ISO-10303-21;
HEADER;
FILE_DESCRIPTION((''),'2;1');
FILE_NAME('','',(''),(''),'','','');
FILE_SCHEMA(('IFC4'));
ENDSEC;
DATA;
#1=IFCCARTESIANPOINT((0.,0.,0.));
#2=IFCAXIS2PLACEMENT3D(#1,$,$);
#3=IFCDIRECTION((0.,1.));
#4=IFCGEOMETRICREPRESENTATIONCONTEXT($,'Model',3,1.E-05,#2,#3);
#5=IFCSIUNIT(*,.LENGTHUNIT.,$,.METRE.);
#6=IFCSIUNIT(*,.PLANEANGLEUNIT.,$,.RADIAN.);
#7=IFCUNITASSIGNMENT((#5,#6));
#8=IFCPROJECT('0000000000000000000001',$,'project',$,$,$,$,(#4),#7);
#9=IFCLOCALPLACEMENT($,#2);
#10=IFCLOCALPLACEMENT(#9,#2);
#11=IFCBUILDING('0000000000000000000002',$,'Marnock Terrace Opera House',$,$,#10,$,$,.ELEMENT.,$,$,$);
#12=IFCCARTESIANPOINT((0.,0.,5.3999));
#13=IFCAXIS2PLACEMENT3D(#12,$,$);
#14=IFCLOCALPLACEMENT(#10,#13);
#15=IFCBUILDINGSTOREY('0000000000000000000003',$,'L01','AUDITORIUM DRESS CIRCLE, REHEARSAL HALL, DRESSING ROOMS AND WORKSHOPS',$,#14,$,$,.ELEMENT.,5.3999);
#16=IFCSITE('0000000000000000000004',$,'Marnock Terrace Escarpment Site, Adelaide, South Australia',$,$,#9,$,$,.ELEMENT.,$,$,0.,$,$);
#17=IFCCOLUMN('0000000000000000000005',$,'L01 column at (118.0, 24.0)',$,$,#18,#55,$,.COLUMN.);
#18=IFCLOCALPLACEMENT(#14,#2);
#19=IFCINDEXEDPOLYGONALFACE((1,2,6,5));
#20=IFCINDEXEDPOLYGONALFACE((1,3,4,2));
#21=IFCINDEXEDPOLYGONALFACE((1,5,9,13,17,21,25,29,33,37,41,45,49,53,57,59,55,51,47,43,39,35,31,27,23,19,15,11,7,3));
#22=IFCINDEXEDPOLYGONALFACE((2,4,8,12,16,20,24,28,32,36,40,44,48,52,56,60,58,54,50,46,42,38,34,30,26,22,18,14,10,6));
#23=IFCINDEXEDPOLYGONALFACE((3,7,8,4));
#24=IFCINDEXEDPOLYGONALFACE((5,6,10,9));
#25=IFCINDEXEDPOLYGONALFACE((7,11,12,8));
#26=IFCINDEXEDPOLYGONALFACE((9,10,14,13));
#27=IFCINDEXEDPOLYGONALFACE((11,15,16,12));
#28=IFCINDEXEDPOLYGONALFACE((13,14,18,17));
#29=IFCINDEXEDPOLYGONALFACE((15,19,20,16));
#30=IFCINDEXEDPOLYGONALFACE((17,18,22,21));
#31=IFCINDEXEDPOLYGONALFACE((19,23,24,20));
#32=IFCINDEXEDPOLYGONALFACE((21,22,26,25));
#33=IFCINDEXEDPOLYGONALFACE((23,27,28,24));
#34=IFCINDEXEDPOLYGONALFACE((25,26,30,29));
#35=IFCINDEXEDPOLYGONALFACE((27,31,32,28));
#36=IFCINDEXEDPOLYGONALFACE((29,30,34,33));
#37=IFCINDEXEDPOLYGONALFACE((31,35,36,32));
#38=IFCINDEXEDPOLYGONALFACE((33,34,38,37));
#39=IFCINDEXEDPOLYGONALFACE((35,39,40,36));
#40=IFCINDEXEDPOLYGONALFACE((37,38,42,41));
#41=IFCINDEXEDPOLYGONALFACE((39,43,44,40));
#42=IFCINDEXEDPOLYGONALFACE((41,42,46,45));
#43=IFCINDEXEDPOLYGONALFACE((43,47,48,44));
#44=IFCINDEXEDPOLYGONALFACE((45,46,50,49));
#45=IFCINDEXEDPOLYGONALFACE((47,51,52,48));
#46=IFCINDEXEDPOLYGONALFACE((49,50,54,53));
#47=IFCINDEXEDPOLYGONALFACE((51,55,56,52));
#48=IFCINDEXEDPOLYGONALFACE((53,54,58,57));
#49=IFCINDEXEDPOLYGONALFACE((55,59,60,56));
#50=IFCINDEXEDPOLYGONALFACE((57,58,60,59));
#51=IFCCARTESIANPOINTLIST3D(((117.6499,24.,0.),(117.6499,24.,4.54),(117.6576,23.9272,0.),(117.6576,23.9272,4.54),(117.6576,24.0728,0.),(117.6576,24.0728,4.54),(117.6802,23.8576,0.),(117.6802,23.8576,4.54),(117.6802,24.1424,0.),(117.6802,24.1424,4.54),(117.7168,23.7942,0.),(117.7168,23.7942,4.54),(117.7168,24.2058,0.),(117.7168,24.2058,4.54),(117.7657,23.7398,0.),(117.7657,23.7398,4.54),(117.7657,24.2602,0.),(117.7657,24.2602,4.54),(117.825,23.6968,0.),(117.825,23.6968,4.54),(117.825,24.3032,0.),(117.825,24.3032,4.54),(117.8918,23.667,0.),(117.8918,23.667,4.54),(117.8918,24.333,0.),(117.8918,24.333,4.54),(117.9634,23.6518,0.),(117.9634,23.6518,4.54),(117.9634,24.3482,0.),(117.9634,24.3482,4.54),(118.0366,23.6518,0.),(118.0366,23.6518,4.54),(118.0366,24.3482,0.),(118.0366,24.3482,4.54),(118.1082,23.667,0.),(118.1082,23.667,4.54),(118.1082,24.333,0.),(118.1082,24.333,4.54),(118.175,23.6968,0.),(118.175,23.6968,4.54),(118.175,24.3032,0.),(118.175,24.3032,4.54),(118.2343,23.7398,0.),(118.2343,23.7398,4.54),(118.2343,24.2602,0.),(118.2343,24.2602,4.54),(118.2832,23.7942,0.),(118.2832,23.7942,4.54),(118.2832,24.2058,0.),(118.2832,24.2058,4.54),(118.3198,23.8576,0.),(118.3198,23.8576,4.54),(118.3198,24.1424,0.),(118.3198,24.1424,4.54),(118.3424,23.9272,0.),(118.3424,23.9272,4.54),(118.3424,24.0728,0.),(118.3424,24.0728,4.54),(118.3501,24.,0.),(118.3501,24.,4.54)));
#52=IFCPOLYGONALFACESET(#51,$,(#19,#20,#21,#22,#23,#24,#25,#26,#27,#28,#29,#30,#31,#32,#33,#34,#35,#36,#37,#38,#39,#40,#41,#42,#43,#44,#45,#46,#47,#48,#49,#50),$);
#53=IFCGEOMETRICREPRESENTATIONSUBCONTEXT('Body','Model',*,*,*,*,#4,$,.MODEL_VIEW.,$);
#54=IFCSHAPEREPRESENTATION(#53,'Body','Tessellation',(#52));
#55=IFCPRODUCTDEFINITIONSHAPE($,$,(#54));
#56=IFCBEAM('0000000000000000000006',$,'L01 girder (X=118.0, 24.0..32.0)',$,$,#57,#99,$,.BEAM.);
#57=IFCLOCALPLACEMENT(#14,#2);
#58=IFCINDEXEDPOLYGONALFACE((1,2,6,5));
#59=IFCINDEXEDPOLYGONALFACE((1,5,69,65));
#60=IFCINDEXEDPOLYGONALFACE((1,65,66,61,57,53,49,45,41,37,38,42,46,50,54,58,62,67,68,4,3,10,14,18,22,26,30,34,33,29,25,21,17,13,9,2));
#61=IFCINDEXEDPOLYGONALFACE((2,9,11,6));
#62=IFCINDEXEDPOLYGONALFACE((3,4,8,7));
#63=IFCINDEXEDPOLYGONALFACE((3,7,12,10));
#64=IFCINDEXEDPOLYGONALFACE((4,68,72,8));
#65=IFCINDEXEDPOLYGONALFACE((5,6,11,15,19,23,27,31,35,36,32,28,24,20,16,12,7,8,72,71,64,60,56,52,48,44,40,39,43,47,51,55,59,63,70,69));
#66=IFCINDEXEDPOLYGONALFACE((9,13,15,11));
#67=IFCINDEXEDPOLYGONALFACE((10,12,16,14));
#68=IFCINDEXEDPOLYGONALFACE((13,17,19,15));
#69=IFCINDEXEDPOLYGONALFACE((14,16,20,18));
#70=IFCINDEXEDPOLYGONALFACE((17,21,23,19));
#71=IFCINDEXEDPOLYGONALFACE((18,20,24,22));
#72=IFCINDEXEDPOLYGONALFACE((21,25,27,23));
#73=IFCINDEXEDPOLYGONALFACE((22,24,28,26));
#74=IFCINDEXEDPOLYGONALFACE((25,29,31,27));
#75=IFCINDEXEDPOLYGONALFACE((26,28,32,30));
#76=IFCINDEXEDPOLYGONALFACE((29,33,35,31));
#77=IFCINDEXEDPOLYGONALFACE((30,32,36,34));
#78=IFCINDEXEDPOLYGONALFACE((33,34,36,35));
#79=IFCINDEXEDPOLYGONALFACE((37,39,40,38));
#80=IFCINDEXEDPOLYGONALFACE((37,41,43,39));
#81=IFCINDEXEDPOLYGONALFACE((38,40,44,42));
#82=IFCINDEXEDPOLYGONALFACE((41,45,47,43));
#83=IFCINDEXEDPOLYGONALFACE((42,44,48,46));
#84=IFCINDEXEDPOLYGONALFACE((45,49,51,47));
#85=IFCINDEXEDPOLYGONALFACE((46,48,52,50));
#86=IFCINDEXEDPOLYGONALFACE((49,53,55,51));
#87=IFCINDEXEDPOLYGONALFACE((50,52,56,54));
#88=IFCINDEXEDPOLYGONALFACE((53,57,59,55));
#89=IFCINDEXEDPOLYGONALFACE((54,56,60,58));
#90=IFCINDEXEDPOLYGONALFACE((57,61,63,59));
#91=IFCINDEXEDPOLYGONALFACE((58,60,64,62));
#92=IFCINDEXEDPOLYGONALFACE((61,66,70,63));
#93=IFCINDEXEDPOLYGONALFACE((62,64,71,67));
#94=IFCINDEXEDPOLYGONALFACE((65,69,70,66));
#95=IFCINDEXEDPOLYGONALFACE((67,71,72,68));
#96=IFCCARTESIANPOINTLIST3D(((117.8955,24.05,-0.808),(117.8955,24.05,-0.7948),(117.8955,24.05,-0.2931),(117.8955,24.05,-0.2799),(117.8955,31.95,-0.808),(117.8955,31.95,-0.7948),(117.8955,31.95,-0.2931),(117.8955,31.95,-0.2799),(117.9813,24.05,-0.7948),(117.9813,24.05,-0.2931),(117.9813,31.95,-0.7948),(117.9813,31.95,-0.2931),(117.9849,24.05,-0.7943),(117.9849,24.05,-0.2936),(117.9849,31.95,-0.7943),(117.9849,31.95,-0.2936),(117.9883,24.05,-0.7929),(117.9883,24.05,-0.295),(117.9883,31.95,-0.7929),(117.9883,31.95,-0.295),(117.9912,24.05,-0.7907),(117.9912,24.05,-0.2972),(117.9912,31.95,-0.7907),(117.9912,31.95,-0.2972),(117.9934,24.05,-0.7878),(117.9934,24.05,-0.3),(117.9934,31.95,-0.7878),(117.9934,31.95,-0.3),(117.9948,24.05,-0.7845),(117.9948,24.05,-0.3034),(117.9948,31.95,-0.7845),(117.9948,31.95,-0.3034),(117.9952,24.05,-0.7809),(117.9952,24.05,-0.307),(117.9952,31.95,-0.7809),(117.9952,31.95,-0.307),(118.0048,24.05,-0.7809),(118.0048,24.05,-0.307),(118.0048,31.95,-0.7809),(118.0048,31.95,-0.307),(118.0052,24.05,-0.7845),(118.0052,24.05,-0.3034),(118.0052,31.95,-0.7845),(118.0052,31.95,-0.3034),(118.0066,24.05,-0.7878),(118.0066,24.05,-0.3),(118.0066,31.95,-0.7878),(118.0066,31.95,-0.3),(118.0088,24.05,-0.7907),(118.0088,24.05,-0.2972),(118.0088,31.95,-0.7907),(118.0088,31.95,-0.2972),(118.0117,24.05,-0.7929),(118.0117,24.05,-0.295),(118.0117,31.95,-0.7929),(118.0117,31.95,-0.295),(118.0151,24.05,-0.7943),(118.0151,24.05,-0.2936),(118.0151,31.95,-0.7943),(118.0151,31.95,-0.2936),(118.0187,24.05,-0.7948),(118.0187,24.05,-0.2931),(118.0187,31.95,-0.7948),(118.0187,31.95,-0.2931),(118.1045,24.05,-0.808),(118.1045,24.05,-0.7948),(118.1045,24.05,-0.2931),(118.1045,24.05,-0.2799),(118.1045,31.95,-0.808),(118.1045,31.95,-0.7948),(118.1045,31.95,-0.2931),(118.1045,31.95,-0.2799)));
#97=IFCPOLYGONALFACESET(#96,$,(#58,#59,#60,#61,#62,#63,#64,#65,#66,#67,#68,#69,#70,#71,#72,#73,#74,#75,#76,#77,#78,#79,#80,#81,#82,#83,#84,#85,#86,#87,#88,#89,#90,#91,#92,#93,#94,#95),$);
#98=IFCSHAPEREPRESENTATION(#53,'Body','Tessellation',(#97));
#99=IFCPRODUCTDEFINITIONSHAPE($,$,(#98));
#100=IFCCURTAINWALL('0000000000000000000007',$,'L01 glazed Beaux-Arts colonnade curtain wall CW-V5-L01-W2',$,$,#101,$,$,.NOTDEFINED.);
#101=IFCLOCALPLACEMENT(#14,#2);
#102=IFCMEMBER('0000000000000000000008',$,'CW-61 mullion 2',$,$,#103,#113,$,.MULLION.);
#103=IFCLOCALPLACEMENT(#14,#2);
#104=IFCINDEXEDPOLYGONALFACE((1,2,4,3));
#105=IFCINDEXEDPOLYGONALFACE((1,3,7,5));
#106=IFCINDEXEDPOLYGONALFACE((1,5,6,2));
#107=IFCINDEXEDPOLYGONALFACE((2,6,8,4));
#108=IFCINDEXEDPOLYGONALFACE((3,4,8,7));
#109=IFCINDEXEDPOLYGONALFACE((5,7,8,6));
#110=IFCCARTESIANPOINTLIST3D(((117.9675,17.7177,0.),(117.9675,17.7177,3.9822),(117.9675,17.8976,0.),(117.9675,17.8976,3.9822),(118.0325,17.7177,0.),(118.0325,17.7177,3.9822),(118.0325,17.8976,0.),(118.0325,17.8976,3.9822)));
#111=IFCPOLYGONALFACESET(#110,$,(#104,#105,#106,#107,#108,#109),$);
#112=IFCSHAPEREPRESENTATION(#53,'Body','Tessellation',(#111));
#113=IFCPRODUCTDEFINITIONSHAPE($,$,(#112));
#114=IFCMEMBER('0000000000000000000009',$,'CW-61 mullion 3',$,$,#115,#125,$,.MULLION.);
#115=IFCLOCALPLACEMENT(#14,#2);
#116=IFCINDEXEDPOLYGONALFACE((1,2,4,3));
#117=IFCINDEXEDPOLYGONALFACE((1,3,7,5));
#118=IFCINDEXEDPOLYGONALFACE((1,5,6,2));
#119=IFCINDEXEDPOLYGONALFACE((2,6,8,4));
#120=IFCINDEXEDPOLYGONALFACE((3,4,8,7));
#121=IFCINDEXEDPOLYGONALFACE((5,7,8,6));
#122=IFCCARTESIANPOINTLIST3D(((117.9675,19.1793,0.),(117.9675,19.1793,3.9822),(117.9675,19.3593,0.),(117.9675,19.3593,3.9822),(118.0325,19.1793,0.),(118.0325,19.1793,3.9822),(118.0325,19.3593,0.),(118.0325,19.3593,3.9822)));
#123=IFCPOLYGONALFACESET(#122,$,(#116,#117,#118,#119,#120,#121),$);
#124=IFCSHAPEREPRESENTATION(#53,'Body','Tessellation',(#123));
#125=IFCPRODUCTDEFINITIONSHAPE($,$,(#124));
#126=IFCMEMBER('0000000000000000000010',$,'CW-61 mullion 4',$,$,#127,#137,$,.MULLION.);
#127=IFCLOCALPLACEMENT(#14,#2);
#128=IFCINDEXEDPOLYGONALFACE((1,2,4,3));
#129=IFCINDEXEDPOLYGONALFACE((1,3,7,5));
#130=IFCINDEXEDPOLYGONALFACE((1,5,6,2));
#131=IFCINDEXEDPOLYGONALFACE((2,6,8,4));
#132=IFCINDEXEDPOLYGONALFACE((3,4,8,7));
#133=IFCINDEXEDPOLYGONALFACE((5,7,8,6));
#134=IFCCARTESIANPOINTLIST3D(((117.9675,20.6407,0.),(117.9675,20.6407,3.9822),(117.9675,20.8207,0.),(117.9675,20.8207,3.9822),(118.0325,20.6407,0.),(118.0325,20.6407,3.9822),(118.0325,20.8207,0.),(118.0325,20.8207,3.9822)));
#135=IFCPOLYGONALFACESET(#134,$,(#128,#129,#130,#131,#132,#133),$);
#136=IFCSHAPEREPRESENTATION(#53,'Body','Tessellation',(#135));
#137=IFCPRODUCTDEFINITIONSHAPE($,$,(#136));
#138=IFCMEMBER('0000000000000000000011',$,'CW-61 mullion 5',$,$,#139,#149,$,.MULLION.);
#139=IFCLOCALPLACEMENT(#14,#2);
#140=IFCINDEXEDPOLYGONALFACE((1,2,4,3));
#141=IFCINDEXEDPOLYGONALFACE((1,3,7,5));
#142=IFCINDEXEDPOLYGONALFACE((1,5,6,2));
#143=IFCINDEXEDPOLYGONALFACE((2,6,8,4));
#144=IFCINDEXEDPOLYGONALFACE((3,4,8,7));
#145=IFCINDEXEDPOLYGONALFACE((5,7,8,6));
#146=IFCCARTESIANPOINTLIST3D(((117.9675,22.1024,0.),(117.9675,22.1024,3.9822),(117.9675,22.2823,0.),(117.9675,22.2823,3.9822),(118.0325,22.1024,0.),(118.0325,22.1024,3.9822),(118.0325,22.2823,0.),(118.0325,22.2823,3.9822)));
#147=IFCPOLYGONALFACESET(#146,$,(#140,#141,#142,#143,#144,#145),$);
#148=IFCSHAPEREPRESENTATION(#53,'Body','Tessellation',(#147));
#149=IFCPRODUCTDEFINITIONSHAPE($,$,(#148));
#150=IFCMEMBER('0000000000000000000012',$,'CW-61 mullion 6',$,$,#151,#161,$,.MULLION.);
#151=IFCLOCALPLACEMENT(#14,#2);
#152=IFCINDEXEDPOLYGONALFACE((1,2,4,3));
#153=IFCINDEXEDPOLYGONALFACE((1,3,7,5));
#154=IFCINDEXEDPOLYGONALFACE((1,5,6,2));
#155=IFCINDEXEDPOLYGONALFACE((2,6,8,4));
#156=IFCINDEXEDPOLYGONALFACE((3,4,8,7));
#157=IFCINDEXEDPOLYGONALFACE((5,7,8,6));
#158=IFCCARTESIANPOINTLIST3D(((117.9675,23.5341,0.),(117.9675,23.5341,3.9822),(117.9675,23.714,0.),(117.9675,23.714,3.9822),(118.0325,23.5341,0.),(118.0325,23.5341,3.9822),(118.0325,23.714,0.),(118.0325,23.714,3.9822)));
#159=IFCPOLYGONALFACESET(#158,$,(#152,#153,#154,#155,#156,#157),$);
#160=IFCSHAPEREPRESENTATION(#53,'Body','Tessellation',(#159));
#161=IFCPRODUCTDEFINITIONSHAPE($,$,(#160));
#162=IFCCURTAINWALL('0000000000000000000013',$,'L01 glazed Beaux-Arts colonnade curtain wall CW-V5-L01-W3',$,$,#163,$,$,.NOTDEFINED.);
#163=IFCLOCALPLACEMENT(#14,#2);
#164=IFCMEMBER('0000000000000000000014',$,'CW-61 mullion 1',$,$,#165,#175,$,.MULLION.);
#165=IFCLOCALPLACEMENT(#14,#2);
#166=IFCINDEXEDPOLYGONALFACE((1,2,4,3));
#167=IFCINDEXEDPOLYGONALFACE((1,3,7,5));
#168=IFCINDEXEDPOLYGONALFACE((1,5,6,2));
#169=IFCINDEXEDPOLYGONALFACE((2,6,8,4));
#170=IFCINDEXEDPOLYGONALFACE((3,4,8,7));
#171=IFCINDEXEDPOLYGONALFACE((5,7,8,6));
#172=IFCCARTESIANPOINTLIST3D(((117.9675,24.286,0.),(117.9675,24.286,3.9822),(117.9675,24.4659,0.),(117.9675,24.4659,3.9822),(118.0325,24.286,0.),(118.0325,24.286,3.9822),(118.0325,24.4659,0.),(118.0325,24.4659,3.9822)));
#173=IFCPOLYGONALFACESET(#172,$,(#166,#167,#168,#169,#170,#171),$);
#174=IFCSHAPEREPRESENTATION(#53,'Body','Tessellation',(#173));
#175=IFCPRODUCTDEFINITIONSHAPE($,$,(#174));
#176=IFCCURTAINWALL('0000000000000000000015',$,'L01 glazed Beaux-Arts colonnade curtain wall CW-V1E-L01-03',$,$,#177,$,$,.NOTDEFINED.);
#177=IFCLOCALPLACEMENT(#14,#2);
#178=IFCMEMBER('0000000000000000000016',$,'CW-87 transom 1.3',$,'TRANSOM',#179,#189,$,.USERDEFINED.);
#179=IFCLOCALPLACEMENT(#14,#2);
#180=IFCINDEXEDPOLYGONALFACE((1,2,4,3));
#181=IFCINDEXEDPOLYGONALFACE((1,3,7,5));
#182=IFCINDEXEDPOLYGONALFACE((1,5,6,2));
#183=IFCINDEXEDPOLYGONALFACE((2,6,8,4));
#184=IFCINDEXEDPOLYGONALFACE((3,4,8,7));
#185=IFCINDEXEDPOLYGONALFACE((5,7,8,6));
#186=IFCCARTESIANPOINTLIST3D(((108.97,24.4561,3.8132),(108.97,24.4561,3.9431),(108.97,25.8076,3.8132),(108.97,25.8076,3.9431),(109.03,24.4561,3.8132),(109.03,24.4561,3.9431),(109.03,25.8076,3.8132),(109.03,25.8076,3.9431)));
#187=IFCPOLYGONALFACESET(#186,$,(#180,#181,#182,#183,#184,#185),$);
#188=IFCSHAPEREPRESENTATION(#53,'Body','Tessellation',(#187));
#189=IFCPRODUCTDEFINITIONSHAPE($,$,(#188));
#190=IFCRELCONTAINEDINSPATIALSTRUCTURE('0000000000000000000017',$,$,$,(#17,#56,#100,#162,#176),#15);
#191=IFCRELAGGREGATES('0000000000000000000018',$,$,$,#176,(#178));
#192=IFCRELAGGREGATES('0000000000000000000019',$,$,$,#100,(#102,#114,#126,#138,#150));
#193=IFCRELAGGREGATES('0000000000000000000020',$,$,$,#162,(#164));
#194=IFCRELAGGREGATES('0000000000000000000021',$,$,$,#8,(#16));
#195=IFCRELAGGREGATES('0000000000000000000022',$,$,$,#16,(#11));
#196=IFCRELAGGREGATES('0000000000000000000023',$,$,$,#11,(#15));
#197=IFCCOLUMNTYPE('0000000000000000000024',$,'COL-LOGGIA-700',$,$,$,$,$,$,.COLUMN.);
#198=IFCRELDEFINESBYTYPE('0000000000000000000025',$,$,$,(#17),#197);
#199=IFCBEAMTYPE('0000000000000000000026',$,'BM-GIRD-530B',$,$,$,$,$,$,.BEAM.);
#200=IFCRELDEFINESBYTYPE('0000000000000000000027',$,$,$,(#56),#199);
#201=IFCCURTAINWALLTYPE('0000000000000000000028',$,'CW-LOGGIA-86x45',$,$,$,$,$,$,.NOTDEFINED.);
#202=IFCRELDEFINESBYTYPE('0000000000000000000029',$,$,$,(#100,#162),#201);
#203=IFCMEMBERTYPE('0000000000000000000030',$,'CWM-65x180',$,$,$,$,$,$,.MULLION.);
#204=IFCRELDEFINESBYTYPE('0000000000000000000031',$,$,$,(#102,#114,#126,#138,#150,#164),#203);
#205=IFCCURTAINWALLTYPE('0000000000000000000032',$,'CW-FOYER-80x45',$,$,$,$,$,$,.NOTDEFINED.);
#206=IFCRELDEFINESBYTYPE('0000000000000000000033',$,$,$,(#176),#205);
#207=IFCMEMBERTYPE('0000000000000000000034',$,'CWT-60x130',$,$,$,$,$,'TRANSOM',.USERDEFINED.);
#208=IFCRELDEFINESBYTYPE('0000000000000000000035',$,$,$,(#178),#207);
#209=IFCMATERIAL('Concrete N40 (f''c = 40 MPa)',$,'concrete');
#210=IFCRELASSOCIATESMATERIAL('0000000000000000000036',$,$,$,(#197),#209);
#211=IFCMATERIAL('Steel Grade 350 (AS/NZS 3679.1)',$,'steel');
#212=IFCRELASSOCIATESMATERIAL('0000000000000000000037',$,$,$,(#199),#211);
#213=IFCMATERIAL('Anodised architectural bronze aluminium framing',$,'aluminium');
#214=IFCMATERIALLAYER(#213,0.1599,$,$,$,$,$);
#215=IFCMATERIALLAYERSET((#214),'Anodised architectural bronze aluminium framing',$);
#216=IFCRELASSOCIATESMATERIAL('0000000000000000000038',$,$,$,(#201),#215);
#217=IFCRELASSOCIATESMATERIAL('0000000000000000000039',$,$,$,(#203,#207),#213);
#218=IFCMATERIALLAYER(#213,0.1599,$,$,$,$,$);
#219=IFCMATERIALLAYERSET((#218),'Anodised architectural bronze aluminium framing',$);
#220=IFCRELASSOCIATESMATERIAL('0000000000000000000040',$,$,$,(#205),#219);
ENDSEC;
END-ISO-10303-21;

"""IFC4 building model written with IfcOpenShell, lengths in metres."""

from ifc_helpers import new_model, si_unit, direction, frame, origin, origin_2d, place, context, subcontext, project, spatial, rectangle, circle, i_section, extrude, material, layer, layer_set, material_profile, profile_set, type_object, element, aggregate, save


model = new_model("IFC4")

# Units and contexts
model_context = context("Model", 3, precision=1e-05, world=origin(), true_north=direction((0.0, 1.0)))
body_context = subcontext(model_context, "Body", "Model", "MODEL_VIEW")
ifc_project = project(units=[si_unit("LENGTHUNIT", "METRE"), si_unit("PLANEANGLEUNIT", "RADIAN")], contexts=[model_context])

# Site, building, storey
site_placement = place(None, origin())
site = spatial("IfcSite", under=ifc_project, at=site_placement, Name="Marnock Terrace Escarpment Site, Adelaide, South Australia", CompositionType="ELEMENT", RefElevation=0.0)
building_placement = place(site_placement, origin())
building = spatial("IfcBuilding", under=site, at=building_placement, Name="Marnock Terrace Opera House", CompositionType="ELEMENT")
storey_placement = place(building_placement, frame((0.0, 0.0, 5.3999)))
storey = spatial("IfcBuildingStorey", under=building, at=storey_placement, Name="L01", Description="AUDITORIUM DRESS CIRCLE, REHEARSAL HALL, DRESSING ROOMS AND WORKSHOPS", CompositionType="ELEMENT", Elevation=5.3999)

# Column
ifc_material_1 = material(Name="Concrete N40 (f'c = 40 MPa)", Category="concrete")
ifc_material_profile_1 = material_profile(ifc_material_1, circle(Radius=0.3501, at=origin_2d()))
ifc_profile_set_1 = profile_set([ifc_material_profile_1], Name="Concrete N40 (f'c = 40 MPa)")
column_type = type_object("IfcColumnType", Name="COL-LOGGIA-700", PredefinedType="COLUMN", material=ifc_profile_set_1)
column_placement = place(storey_placement, frame((118.0, 24.0, 0.0), z_axis=(0.0, 0.0, 1.0), x_axis=(1.0, 0.0, 0.0)))
element("IfcColumn", 1, at=column_placement, inside=storey, type_object=column_type, Name="L01 column at (118.0, 24.0)", PredefinedType="COLUMN", context=body_context, shape_type="SweptSolid", body=[
    extrude(circle(Radius=0.3501, at=origin_2d()), origin(), (0.0, 0.0, 1.0), 4.54),
])

# Beam
ifc_material_2 = material(Name="Steel Grade 350 (AS/NZS 3679.1)", Category="steel")
ifc_material_profile_2 = material_profile(ifc_material_2, i_section(OverallWidth=0.209, OverallDepth=0.5281, WebThickness=0.0095, FlangeThickness=0.0132, FilletRadius=0.0139, at=origin_2d()))
ifc_profile_set_2 = profile_set([ifc_material_profile_2], Name="Steel Grade 350 (AS/NZS 3679.1)")
beam_type = type_object("IfcBeamType", Name="BM-GIRD-530B", PredefinedType="BEAM", material=ifc_profile_set_2)
beam_placement = place(storey_placement, frame((118.0, 24.05, -0.5439), z_axis=(0.0, 1.0, 0.0), x_axis=(-1.0, 0.0, 0.0)))
element("IfcBeam", 2, at=beam_placement, inside=storey, type_object=beam_type, Name="L01 girder (X=118.0, 24.0..32.0)", PredefinedType="BEAM", context=body_context, shape_type="SweptSolid", body=[
    extrude(i_section(OverallWidth=0.209, OverallDepth=0.5281, WebThickness=0.0095, FlangeThickness=0.0132, FilletRadius=0.0139, at=origin_2d()), origin(), (0.0, 0.0, 1.0), 7.8999),
])

# Curtain wall, members
ifc_material_3 = material(Name="Anodised architectural bronze aluminium framing", Category="aluminium")
ifc_layer_1 = layer(ifc_material_3, 0.1599)
ifc_layer_set_1 = layer_set([ifc_layer_1], Name="Anodised architectural bronze aluminium framing")
curtain_wall_type_1 = type_object("IfcCurtainWallType", Name="CW-LOGGIA-86x45", PredefinedType="NOTDEFINED", material=ifc_layer_set_1)
curtain_wall_1_placement = place(storey_placement, origin())
curtain_wall_1 = element("IfcCurtainWall", 3, at=curtain_wall_1_placement, inside=storey, type_object=curtain_wall_type_1, Name="L01 glazed Beaux-Arts colonnade curtain wall CW-V5-L01-W2", PredefinedType="NOTDEFINED")
ifc_material_profile_3 = material_profile(ifc_material_3, rectangle(XDim=0.0649, YDim=0.1799, at=origin_2d()))
ifc_profile_set_3 = profile_set([ifc_material_profile_3], Name="Anodised architectural bronze aluminium framing")
member_type_1 = type_object("IfcMemberType", Name="CWM-65x180", PredefinedType="MULLION", material=ifc_profile_set_3)
member_1_placement = place(storey_placement, frame((118.0, 17.8076, 0.0), z_axis=(0.0, 0.0, 1.0), x_axis=(-1.0, 0.0, 0.0)))
member_1 = element("IfcMember", 4, at=member_1_placement, type_object=member_type_1, Name="CW-61 mullion 2", PredefinedType="MULLION", context=body_context, shape_type="SweptSolid", body=[
    extrude(rectangle(XDim=0.0649, YDim=0.1799, at=origin_2d()), origin(), (0.0, 0.0, 1.0), 3.9822),
])
member_2_placement = place(storey_placement, frame((118.0, 19.2693, 0.0), z_axis=(0.0, 0.0, 1.0), x_axis=(-1.0, 0.0, 0.0)))
member_2 = element("IfcMember", 5, at=member_2_placement, type_object=member_type_1, Name="CW-61 mullion 3", PredefinedType="MULLION", context=body_context, shape_type="SweptSolid", body=[
    extrude(rectangle(XDim=0.0649, YDim=0.1799, at=origin_2d()), origin(), (0.0, 0.0, 1.0), 3.9822),
])
member_3_placement = place(storey_placement, frame((118.0, 20.7307, 0.0), z_axis=(0.0, 0.0, 1.0), x_axis=(-1.0, 0.0, 0.0)))
member_3 = element("IfcMember", 6, at=member_3_placement, type_object=member_type_1, Name="CW-61 mullion 4", PredefinedType="MULLION", context=body_context, shape_type="SweptSolid", body=[
    extrude(rectangle(XDim=0.0649, YDim=0.1799, at=origin_2d()), origin(), (0.0, 0.0, 1.0), 3.9822),
])
member_4_placement = place(storey_placement, frame((118.0, 22.1924, 0.0), z_axis=(0.0, 0.0, 1.0), x_axis=(-1.0, 0.0, 0.0)))
member_4 = element("IfcMember", 7, at=member_4_placement, type_object=member_type_1, Name="CW-61 mullion 5", PredefinedType="MULLION", context=body_context, shape_type="SweptSolid", body=[
    extrude(rectangle(XDim=0.0649, YDim=0.1799, at=origin_2d()), origin(), (0.0, 0.0, 1.0), 3.9822),
])
member_5_placement = place(storey_placement, frame((118.0, 23.624, 0.0), z_axis=(0.0, 0.0, 1.0), x_axis=(-1.0, 0.0, 0.0)))
member_5 = element("IfcMember", 8, at=member_5_placement, type_object=member_type_1, Name="CW-61 mullion 6", PredefinedType="MULLION", context=body_context, shape_type="SweptSolid", body=[
    extrude(rectangle(XDim=0.0649, YDim=0.1799, at=origin_2d()), origin(), (0.0, 0.0, 1.0), 3.9822),
])

# Curtain walls, members
curtain_wall_2_placement = place(storey_placement, origin())
curtain_wall_2 = element("IfcCurtainWall", 9, at=curtain_wall_2_placement, inside=storey, type_object=curtain_wall_type_1, Name="L01 glazed Beaux-Arts colonnade curtain wall CW-V5-L01-W3", PredefinedType="NOTDEFINED")
member_6_placement = place(storey_placement, frame((118.0, 24.376, 0.0), z_axis=(0.0, 0.0, 1.0), x_axis=(-1.0, 0.0, 0.0)))
member_6 = element("IfcMember", 10, at=member_6_placement, type_object=member_type_1, Name="CW-61 mullion 1", PredefinedType="MULLION", context=body_context, shape_type="SweptSolid", body=[
    extrude(rectangle(XDim=0.0649, YDim=0.1799, at=origin_2d()), origin(), (0.0, 0.0, 1.0), 3.9822),
])
ifc_layer_2 = layer(ifc_material_3, 0.1599)
ifc_layer_set_2 = layer_set([ifc_layer_2], Name="Anodised architectural bronze aluminium framing")
curtain_wall_type_2 = type_object("IfcCurtainWallType", Name="CW-FOYER-80x45", PredefinedType="NOTDEFINED", material=ifc_layer_set_2)
curtain_wall_3_placement = place(storey_placement, origin())
curtain_wall_3 = element("IfcCurtainWall", 11, at=curtain_wall_3_placement, inside=storey, type_object=curtain_wall_type_2, Name="L01 glazed Beaux-Arts colonnade curtain wall CW-V1E-L01-03", PredefinedType="NOTDEFINED")
ifc_material_profile_4 = material_profile(ifc_material_3, rectangle(XDim=0.0601, YDim=0.1299, at=origin_2d()))
ifc_profile_set_4 = profile_set([ifc_material_profile_4], Name="Anodised architectural bronze aluminium framing")
member_type_2 = type_object("IfcMemberType", Name="CWT-60x130", ElementType="TRANSOM", PredefinedType="USERDEFINED", material=ifc_profile_set_4)
member_7_placement = place(storey_placement, frame((109.0, 24.4561, 3.8782), z_axis=(0.0, 1.0, 0.0), x_axis=(-1.0, 0.0, 0.0)))
member_7 = element("IfcMember", 12, at=member_7_placement, type_object=member_type_2, Name="CW-87 transom 1.3", ObjectType="TRANSOM", PredefinedType="USERDEFINED", context=body_context, shape_type="SweptSolid", body=[
    extrude(rectangle(XDim=0.0601, YDim=0.1299, at=origin_2d()), origin(), (0.0, 0.0, 1.0), 1.3516),
])
aggregate(curtain_wall_3, [member_7])

aggregate(curtain_wall_1, [member_1, member_2, member_3, member_4, member_5])
aggregate(curtain_wall_2, [member_6])

save(model, "model.ifc")
